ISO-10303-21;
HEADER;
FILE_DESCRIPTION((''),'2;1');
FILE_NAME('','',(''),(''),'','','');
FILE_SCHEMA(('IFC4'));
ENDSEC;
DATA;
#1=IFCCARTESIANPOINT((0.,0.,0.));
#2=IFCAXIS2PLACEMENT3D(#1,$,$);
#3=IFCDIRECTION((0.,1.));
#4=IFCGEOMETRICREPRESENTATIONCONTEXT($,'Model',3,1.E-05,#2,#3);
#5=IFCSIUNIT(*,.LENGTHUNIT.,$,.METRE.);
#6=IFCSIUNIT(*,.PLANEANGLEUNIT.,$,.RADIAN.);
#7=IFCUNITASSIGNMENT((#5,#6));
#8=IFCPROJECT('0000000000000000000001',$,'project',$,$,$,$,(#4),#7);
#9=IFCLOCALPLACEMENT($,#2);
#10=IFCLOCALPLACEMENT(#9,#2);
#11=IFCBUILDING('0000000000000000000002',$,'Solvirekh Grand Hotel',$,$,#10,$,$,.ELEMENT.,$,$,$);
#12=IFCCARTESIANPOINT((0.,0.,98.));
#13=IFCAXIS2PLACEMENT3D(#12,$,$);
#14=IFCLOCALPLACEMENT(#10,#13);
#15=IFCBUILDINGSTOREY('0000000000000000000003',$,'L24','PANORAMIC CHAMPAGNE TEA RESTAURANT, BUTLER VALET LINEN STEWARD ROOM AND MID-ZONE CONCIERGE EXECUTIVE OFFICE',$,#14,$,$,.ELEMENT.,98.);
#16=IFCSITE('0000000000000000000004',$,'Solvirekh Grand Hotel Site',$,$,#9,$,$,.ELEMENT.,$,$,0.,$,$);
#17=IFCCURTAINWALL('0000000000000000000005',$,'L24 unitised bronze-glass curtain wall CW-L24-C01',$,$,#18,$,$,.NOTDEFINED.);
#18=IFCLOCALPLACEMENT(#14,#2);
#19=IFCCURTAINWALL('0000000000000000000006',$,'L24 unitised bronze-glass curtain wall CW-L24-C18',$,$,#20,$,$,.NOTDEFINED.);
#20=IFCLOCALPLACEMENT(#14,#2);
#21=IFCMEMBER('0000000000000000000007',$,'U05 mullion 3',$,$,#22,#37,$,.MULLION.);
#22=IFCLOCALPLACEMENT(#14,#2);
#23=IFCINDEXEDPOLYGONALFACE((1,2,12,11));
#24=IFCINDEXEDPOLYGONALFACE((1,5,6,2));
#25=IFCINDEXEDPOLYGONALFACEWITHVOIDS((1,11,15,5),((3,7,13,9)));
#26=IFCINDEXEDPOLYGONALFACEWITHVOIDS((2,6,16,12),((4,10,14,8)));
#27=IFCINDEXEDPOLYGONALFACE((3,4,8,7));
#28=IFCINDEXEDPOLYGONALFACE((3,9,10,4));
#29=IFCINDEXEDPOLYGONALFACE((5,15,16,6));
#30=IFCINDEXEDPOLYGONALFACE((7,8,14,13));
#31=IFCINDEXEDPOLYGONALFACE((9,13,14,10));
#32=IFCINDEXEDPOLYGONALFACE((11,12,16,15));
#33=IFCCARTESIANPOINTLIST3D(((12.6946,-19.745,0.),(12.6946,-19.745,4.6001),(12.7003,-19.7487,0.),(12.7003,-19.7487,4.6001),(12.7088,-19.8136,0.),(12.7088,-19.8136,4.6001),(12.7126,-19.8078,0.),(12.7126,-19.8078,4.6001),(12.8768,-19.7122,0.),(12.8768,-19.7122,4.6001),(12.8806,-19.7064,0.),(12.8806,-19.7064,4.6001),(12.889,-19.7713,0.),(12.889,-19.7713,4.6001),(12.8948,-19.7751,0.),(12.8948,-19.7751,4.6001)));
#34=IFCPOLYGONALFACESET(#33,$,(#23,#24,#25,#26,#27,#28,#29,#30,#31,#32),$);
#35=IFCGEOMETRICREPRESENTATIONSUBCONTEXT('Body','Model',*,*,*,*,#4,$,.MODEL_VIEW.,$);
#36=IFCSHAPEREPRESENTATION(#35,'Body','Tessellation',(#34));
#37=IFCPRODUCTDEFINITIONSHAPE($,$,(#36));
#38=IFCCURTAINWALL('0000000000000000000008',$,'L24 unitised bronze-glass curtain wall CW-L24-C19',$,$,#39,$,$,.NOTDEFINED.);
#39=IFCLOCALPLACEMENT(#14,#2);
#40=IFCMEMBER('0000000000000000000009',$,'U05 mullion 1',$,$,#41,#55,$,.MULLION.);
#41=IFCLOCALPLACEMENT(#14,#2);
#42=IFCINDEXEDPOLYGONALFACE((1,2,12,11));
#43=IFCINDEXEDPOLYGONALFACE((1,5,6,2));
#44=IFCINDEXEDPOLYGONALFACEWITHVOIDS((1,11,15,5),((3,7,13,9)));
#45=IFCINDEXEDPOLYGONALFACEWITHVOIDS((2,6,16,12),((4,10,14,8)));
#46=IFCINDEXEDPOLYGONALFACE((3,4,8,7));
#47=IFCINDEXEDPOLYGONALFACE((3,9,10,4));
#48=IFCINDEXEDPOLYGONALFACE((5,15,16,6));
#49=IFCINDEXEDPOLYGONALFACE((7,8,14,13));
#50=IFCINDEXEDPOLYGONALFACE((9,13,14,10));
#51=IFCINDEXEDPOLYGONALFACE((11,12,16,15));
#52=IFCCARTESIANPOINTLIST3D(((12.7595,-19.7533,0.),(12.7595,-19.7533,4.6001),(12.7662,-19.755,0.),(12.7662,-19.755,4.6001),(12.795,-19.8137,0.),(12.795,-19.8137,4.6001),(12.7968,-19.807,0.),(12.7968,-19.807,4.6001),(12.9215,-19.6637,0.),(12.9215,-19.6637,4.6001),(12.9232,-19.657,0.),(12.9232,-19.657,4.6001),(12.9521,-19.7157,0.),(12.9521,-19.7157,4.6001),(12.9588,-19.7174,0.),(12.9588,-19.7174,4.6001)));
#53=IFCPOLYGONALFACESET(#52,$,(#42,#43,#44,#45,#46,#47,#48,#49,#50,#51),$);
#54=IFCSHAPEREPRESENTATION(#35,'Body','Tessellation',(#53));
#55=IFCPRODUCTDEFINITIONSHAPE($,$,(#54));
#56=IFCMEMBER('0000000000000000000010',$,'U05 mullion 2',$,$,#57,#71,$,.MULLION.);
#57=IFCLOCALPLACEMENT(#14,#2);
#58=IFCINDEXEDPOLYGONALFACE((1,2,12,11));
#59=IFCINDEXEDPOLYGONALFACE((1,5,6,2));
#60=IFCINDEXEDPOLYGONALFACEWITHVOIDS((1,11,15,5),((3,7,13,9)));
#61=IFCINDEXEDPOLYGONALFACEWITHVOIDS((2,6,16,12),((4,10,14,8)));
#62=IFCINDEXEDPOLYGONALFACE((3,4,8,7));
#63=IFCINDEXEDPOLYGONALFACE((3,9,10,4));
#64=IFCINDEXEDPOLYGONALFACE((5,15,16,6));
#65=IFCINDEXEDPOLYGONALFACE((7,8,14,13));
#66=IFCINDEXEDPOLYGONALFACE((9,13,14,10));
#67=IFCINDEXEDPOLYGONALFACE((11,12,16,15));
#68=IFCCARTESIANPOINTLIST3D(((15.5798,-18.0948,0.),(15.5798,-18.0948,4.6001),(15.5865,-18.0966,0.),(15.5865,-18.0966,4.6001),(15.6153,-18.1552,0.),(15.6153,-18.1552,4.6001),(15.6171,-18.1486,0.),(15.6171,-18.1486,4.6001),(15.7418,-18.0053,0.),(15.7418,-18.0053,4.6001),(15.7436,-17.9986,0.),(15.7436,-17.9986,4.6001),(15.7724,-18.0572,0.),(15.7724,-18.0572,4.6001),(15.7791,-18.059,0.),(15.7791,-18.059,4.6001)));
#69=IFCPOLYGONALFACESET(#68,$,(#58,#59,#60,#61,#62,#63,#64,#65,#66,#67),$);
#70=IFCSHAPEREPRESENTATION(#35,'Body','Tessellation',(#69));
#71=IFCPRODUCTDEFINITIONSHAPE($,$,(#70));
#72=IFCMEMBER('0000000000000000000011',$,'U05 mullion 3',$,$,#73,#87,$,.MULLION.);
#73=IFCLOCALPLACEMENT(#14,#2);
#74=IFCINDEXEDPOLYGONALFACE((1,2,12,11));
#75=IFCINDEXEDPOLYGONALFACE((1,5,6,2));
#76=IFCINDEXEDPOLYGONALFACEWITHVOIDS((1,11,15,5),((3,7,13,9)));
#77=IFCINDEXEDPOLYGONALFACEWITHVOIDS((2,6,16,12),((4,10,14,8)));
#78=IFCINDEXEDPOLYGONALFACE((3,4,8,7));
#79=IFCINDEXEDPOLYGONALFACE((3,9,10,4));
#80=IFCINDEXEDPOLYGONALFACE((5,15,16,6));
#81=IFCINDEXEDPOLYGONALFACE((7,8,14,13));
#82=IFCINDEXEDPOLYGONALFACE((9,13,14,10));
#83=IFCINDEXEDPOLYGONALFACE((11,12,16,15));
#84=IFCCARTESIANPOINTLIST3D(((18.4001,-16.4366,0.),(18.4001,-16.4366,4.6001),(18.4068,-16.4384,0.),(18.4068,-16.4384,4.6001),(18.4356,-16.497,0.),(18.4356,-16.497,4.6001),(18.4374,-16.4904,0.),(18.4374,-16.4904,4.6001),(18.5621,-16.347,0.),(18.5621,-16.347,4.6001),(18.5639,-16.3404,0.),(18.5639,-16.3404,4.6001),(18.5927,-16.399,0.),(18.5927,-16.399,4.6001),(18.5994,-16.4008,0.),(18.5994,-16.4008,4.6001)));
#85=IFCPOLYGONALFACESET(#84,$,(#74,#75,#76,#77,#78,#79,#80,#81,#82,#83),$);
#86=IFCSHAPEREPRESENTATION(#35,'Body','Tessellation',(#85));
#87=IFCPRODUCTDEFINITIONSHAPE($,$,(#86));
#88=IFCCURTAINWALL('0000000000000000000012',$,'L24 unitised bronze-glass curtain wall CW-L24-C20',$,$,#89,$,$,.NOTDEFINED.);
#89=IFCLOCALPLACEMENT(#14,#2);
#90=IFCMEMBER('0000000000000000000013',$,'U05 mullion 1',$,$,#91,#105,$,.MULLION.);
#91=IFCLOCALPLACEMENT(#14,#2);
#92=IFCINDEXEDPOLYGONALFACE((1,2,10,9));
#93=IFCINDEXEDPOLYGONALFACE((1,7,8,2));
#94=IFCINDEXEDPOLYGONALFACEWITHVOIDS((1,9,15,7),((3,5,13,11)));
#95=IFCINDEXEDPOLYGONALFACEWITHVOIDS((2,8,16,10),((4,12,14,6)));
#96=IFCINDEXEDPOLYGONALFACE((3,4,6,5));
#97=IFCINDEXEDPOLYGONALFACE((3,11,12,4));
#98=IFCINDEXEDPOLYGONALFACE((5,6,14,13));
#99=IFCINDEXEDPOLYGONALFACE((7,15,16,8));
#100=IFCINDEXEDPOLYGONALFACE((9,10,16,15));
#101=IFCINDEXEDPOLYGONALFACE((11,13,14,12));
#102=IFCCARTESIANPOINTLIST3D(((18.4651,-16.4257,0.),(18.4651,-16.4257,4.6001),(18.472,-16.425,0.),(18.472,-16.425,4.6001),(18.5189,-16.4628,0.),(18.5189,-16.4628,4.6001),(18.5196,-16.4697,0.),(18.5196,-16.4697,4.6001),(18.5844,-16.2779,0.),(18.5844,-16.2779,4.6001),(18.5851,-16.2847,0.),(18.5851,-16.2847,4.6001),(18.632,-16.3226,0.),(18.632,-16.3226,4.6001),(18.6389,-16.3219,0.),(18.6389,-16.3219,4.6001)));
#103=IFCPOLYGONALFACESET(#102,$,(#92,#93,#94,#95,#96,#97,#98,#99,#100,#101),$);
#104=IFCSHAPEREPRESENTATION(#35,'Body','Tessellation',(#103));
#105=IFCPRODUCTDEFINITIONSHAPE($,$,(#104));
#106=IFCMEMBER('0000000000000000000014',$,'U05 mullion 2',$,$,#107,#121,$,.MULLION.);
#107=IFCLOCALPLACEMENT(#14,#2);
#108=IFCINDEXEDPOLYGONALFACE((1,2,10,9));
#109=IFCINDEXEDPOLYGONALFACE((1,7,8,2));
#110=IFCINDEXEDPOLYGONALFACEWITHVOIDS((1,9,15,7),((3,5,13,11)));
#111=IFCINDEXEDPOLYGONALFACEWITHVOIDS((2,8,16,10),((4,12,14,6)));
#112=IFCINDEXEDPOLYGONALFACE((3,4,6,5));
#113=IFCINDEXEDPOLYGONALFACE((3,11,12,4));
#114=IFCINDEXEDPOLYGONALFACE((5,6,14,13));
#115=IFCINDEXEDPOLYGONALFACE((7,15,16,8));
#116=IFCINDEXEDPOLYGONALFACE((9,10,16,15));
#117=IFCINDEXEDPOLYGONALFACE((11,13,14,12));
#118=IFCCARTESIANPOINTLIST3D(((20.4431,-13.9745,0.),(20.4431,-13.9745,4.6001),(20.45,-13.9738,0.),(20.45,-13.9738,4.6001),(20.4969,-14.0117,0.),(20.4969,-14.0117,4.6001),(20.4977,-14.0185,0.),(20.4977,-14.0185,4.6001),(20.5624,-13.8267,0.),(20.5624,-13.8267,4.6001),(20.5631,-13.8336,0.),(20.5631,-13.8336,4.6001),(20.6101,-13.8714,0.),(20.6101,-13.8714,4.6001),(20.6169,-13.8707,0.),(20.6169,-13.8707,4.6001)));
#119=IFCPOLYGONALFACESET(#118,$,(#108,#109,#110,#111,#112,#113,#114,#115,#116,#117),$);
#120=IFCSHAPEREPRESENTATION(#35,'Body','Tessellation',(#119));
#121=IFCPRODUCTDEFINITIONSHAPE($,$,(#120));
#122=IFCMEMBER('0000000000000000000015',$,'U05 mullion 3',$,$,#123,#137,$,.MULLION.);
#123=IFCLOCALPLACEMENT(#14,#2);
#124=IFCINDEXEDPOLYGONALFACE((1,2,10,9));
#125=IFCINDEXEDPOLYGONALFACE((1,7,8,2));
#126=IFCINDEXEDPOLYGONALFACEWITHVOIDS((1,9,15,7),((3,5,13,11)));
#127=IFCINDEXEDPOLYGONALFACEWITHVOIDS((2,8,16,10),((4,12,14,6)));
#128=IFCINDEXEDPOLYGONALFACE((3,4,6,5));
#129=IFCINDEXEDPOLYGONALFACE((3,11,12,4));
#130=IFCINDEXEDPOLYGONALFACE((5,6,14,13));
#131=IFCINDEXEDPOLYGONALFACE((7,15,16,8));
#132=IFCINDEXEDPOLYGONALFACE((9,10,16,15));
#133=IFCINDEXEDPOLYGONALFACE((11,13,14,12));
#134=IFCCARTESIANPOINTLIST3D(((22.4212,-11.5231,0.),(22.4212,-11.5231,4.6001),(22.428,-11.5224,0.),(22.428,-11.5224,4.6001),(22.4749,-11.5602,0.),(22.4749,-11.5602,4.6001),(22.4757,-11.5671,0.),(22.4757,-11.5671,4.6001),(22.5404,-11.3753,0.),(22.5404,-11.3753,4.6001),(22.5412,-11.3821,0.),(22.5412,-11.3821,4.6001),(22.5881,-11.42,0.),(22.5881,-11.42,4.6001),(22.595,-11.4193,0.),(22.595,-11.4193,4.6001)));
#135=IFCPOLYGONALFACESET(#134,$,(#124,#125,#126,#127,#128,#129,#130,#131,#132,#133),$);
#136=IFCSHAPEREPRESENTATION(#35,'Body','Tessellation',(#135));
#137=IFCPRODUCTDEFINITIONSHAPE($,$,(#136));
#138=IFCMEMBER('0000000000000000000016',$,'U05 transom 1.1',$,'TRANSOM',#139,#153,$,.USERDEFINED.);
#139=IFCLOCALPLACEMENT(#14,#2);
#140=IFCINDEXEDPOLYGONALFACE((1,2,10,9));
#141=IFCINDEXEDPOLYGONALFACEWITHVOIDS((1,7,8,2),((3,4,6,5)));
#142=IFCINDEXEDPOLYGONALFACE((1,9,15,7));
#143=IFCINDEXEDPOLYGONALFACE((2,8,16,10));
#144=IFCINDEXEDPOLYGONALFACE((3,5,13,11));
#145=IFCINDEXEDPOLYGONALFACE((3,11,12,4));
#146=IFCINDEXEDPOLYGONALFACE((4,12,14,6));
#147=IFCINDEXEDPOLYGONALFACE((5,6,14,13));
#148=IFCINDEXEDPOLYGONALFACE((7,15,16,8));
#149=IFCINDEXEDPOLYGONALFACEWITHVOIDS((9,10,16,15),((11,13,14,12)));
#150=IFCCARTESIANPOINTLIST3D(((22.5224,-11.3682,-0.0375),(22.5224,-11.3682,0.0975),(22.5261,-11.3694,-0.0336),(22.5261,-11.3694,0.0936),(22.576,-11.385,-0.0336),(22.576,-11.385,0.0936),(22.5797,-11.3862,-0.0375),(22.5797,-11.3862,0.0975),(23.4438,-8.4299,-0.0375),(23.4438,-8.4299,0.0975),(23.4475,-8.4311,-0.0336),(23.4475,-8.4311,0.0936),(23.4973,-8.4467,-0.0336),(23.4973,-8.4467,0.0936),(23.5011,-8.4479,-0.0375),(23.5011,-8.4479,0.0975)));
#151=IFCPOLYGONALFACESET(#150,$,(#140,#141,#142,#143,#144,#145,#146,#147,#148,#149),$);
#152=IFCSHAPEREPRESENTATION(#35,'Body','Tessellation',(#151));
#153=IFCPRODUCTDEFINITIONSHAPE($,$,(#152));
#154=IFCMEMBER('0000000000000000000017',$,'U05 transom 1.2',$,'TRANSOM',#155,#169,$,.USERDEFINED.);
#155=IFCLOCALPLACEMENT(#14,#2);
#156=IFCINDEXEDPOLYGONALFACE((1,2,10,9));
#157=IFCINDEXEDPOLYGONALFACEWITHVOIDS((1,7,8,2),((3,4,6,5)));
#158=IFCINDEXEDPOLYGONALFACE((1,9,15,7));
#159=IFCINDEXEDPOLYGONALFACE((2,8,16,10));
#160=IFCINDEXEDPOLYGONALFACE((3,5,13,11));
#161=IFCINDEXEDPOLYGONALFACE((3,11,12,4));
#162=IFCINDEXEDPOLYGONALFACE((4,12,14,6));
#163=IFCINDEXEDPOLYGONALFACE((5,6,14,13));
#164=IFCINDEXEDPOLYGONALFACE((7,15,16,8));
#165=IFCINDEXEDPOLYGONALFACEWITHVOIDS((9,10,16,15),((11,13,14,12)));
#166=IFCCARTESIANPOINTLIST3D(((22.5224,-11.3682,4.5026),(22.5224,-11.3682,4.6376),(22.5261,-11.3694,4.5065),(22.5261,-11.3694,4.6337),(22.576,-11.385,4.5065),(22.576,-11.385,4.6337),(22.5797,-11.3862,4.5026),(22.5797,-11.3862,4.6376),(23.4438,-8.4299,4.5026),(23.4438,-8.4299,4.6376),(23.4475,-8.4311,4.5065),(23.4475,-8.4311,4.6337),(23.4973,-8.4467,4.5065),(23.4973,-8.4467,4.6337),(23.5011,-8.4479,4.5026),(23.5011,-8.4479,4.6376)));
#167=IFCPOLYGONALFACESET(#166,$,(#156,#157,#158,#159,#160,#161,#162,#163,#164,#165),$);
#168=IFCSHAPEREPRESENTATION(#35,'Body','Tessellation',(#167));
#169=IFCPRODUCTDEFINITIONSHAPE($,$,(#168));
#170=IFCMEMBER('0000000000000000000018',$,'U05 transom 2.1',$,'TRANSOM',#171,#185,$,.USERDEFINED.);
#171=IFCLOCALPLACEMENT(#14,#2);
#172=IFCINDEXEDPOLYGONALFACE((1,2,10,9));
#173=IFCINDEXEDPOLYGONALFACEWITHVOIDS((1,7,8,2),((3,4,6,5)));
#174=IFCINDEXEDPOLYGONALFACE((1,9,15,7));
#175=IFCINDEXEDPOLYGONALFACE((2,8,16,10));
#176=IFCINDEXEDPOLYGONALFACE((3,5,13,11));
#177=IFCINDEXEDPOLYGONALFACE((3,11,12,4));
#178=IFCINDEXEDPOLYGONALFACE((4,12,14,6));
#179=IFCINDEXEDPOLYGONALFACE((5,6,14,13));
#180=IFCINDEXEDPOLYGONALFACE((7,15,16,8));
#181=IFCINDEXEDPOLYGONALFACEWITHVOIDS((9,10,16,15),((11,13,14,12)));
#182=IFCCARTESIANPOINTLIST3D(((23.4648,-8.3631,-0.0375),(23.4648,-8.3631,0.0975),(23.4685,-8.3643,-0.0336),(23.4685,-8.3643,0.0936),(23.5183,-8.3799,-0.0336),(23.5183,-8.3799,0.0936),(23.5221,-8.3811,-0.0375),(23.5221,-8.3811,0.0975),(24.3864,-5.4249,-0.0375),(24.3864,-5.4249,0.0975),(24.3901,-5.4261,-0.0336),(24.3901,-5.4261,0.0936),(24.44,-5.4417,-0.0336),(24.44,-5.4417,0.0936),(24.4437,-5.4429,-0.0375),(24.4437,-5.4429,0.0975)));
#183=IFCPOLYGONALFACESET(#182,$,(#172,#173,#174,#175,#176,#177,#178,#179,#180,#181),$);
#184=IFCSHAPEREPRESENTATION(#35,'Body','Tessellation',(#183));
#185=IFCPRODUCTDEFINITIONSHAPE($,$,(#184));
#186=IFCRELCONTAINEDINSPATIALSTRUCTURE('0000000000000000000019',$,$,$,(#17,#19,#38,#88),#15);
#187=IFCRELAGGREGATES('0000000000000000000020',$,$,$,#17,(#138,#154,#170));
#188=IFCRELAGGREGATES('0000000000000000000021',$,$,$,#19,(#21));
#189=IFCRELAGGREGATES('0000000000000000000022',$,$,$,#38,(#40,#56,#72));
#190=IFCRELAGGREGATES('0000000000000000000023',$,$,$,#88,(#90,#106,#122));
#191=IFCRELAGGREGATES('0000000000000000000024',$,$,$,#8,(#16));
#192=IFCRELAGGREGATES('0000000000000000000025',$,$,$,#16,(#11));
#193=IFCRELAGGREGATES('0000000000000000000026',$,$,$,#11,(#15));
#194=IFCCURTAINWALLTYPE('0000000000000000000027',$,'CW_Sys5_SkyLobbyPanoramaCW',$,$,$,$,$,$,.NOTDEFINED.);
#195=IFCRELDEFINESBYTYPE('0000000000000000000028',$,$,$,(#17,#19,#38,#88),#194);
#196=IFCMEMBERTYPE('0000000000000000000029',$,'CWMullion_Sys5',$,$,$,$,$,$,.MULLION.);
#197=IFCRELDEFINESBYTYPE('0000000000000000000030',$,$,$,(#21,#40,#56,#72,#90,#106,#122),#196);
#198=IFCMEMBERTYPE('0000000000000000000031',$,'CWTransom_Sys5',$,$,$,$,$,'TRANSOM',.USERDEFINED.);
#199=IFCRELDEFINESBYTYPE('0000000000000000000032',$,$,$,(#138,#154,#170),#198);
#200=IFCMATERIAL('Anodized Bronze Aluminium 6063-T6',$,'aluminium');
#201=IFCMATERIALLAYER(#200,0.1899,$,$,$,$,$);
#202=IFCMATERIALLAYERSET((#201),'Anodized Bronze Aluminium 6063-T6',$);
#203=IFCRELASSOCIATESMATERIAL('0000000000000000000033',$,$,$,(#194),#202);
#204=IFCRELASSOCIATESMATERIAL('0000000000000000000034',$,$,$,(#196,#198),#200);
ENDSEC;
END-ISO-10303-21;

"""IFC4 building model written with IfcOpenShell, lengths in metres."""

from ifc_helpers import new_model, si_unit, direction, frame, origin, origin_2d, place, context, subcontext, project, spatial, hollow_rectangle, extrude, source, transform, mapped, material, layer, layer_set, material_profile, profile_set, type_object, element, aggregate, save


model = new_model("IFC4")

# Units and contexts
model_context = context("Model", 3, precision=1e-05, world=origin(), true_north=direction((0.0, 1.0)))
body_context = subcontext(model_context, "Body", "Model", "MODEL_VIEW")
ifc_project = project(units=[si_unit("LENGTHUNIT", "METRE"), si_unit("PLANEANGLEUNIT", "RADIAN")], contexts=[model_context])

# Site, building, storey
site_placement = place(None, origin())
site = spatial("IfcSite", under=ifc_project, at=site_placement, Name="Solvirekh Grand Hotel Site", CompositionType="ELEMENT", RefElevation=0.0)
building_placement = place(site_placement, origin())
building = spatial("IfcBuilding", under=site, at=building_placement, Name="Solvirekh Grand Hotel", CompositionType="ELEMENT")
storey_placement = place(building_placement, frame((0.0, 0.0, 98.0)))
storey = spatial("IfcBuildingStorey", under=building, at=storey_placement, Name="L24", Description="PANORAMIC CHAMPAGNE TEA RESTAURANT, BUTLER VALET LINEN STEWARD ROOM AND MID-ZONE CONCIERGE EXECUTIVE OFFICE", CompositionType="ELEMENT", Elevation=98.0)

# Curtain wall
ifc_material_1 = material(Name="Anodized Bronze Aluminium 6063-T6", Category="aluminium")
ifc_layer_1 = layer(ifc_material_1, 0.1899)
ifc_layer_set_1 = layer_set([ifc_layer_1], Name="Anodized Bronze Aluminium 6063-T6")
curtain_wall_type = type_object("IfcCurtainWallType", Name="CW_Sys5_SkyLobbyPanoramaCW", PredefinedType="NOTDEFINED", material=ifc_layer_set_1)
curtain_wall_1_placement = place(storey_placement, origin())
curtain_wall_1 = element("IfcCurtainWall", 1, at=curtain_wall_1_placement, inside=storey, type_object=curtain_wall_type, Name="L24 unitised bronze-glass curtain wall CW-L24-C01", PredefinedType="NOTDEFINED")
ifc_material_profile_1 = material_profile(ifc_material_1, hollow_rectangle(XDim=0.0701, YDim=0.1899, WallThickness=0.0049, at=origin_2d()), Name="ALU RHS 190X70X5")
ifc_profile_set_1 = profile_set([ifc_material_profile_1], Name="Anodized Bronze Aluminium 6063-T6")
member_type_1 = type_object("IfcMemberType", Name="CWMullion_Sys5", PredefinedType="MULLION", material=ifc_profile_set_1)
shared_shape_1 = source(origin(), body_context, "Body", "SweptSolid", [
    extrude(hollow_rectangle(XDim=0.0701, YDim=0.1899, WallThickness=0.0049, at=origin_2d()), origin(), (0.0, 0.0, 1.0), 4.6001),
])

# Curtain wall, member
curtain_wall_2_placement = place(storey_placement, origin())
curtain_wall_2 = element("IfcCurtainWall", 2, at=curtain_wall_2_placement, inside=storey, type_object=curtain_wall_type, Name="L24 unitised bronze-glass curtain wall CW-L24-C18", PredefinedType="NOTDEFINED")
member_1_placement = place(storey_placement, frame((12.7947, -19.76, 0.0), z_axis=(0.0, 0.0, 1.0), x_axis=(-0.202743, 0.979232, 0.0)))
member_1 = element("IfcMember", 3, at=member_1_placement, type_object=member_type_1, Name="U05 mullion 3", PredefinedType="MULLION", context=body_context, shape_type="MappedRepresentation", body=[
    mapped(shared_shape_1, transform((0.0, 0.0, 0.0), x_axis=(1.0, 0.0, 0.0), y_axis=(0.0, 1.0, 0.0), z_axis=(0.0, 0.0, 1.0), scale=1.0)),
])

# Curtain walls, members
curtain_wall_3_placement = place(storey_placement, origin())
curtain_wall_3 = element("IfcCurtainWall", 4, at=curtain_wall_3_placement, inside=storey, type_object=curtain_wall_type, Name="L24 unitised bronze-glass curtain wall CW-L24-C19", PredefinedType="NOTDEFINED")
member_2_placement = place(storey_placement, frame((12.8591, -19.7354, 0.0), z_axis=(0.0, 0.0, 1.0), x_axis=(-0.506848, 0.862035, 0.0)))
member_2 = element("IfcMember", 5, at=member_2_placement, type_object=member_type_1, Name="U05 mullion 1", PredefinedType="MULLION", context=body_context, shape_type="MappedRepresentation", body=[
    mapped(shared_shape_1, transform((0.0, 0.0, 0.0), x_axis=(1.0, 0.0, 0.0), y_axis=(0.0, 1.0, 0.0), z_axis=(0.0, 0.0, 1.0), scale=1.0)),
])
member_3_placement = place(storey_placement, frame((15.6794, -18.0769, 0.0), z_axis=(0.0, 0.0, 1.0), x_axis=(-0.506848, 0.862035, 0.0)))
member_3 = element("IfcMember", 6, at=member_3_placement, type_object=member_type_1, Name="U05 mullion 2", PredefinedType="MULLION", context=body_context, shape_type="MappedRepresentation", body=[
    mapped(shared_shape_1, transform((0.0, 0.0, 0.0), x_axis=(1.0, 0.0, 0.0), y_axis=(0.0, 1.0, 0.0), z_axis=(0.0, 0.0, 1.0), scale=1.0)),
])
member_4_placement = place(storey_placement, frame((18.4998, -16.4187, 0.0), z_axis=(0.0, 0.0, 1.0), x_axis=(-0.506848, 0.862035, 0.0)))
member_4 = element("IfcMember", 7, at=member_4_placement, type_object=member_type_1, Name="U05 mullion 3", PredefinedType="MULLION", context=body_context, shape_type="MappedRepresentation", body=[
    mapped(shared_shape_1, transform((0.0, 0.0, 0.0), x_axis=(1.0, 0.0, 0.0), y_axis=(0.0, 1.0, 0.0), z_axis=(0.0, 0.0, 1.0), scale=1.0)),
])
curtain_wall_4_placement = place(storey_placement, origin())
curtain_wall_4 = element("IfcCurtainWall", 8, at=curtain_wall_4_placement, inside=storey, type_object=curtain_wall_type, Name="L24 unitised bronze-glass curtain wall CW-L24-C20", PredefinedType="NOTDEFINED")
member_5_placement = place(storey_placement, frame((18.552, -16.3738, 0.0), z_axis=(0.0, 0.0, 1.0), x_axis=(-0.778227, 0.627983, 0.0)))
member_5 = element("IfcMember", 9, at=member_5_placement, type_object=member_type_1, Name="U05 mullion 1", PredefinedType="MULLION", context=body_context, shape_type="MappedRepresentation", body=[
    mapped(shared_shape_1, transform((0.0, 0.0, 0.0), x_axis=(1.0, 0.0, 0.0), y_axis=(0.0, 1.0, 0.0), z_axis=(0.0, 0.0, 1.0), scale=1.0)),
])
member_6_placement = place(storey_placement, frame((20.53, -13.9226, 0.0), z_axis=(0.0, 0.0, 1.0), x_axis=(-0.778227, 0.627983, 0.0)))
member_6 = element("IfcMember", 10, at=member_6_placement, type_object=member_type_1, Name="U05 mullion 2", PredefinedType="MULLION", context=body_context, shape_type="MappedRepresentation", body=[
    mapped(shared_shape_1, transform((0.0, 0.0, 0.0), x_axis=(1.0, 0.0, 0.0), y_axis=(0.0, 1.0, 0.0), z_axis=(0.0, 0.0, 1.0), scale=1.0)),
])
member_7_placement = place(storey_placement, frame((22.5081, -11.4712, 0.0), z_axis=(0.0, 0.0, 1.0), x_axis=(-0.778227, 0.627983, 0.0)))
member_7 = element("IfcMember", 11, at=member_7_placement, type_object=member_type_1, Name="U05 mullion 3", PredefinedType="MULLION", context=body_context, shape_type="MappedRepresentation", body=[
    mapped(shared_shape_1, transform((0.0, 0.0, 0.0), x_axis=(1.0, 0.0, 0.0), y_axis=(0.0, 1.0, 0.0), z_axis=(0.0, 0.0, 1.0), scale=1.0)),
])

# Members
ifc_material_profile_2 = material_profile(ifc_material_1, hollow_rectangle(XDim=0.0601, YDim=0.135, WallThickness=0.0039, at=origin_2d()), Name="ALU RHS 135X60X4")
ifc_profile_set_2 = profile_set([ifc_material_profile_2], Name="Anodized Bronze Aluminium 6063-T6")
member_type_2 = type_object("IfcMemberType", Name="CWTransom_Sys5", ElementType="TRANSOM", PredefinedType="USERDEFINED", material=ifc_profile_set_2)
shared_shape_2 = source(origin(), body_context, "Body", "SweptSolid", [
    extrude(hollow_rectangle(XDim=0.0601, YDim=0.135, WallThickness=0.0039, at=origin_2d()), origin(), (0.0, 0.0, 1.0), 3.0793),
])
member_8_placement = place(storey_placement, frame((22.551, -11.3772, 0.03), z_axis=(0.299218, 0.954185, 0.0), x_axis=(-0.954185, 0.299218, 0.0)))
member_8 = element("IfcMember", 12, at=member_8_placement, type_object=member_type_2, Name="U05 transom 1.1", ObjectType="TRANSOM", PredefinedType="USERDEFINED", context=body_context, shape_type="MappedRepresentation", body=[
    mapped(shared_shape_2, transform((0.0, 0.0, 0.0), x_axis=(1.0, 0.0, 0.0), y_axis=(0.0, 1.0, 0.0), z_axis=(0.0, 0.0, 1.0), scale=1.0)),
])
member_9_placement = place(storey_placement, frame((22.551, -11.3772, 4.5701), z_axis=(0.299218, 0.954185, 0.0), x_axis=(-0.954185, 0.299218, 0.0)))
member_9 = element("IfcMember", 13, at=member_9_placement, type_object=member_type_2, Name="U05 transom 1.2", ObjectType="TRANSOM", PredefinedType="USERDEFINED", context=body_context, shape_type="MappedRepresentation", body=[
    mapped(shared_shape_2, transform((0.0, 0.0, 0.0), x_axis=(1.0, 0.0, 0.0), y_axis=(0.0, 1.0, 0.0), z_axis=(0.0, 0.0, 1.0), scale=1.0)),
])
member_10_placement = place(storey_placement, frame((23.4934, -8.3721, 0.03), z_axis=(0.299291, 0.954162, 0.0), x_axis=(-0.954162, 0.299291, 0.0)))
member_10 = element("IfcMember", 14, at=member_10_placement, type_object=member_type_2, Name="U05 transom 2.1", ObjectType="TRANSOM", PredefinedType="USERDEFINED", context=body_context, shape_type="MappedRepresentation", body=[
    mapped(shared_shape_2, transform((0.0, 0.0, 0.0), x_axis=(1.0, 0.0, 0.0), y_axis=(0.0, 1.0, 0.0), z_axis=(0.0, 0.0, 1.0), scale=1.0)),
])

aggregate(curtain_wall_1, [member_8, member_9, member_10])
aggregate(curtain_wall_2, [member_1])
aggregate(curtain_wall_3, [member_2, member_3, member_4])
aggregate(curtain_wall_4, [member_5, member_6, member_7])

save(model, "model.ifc")
